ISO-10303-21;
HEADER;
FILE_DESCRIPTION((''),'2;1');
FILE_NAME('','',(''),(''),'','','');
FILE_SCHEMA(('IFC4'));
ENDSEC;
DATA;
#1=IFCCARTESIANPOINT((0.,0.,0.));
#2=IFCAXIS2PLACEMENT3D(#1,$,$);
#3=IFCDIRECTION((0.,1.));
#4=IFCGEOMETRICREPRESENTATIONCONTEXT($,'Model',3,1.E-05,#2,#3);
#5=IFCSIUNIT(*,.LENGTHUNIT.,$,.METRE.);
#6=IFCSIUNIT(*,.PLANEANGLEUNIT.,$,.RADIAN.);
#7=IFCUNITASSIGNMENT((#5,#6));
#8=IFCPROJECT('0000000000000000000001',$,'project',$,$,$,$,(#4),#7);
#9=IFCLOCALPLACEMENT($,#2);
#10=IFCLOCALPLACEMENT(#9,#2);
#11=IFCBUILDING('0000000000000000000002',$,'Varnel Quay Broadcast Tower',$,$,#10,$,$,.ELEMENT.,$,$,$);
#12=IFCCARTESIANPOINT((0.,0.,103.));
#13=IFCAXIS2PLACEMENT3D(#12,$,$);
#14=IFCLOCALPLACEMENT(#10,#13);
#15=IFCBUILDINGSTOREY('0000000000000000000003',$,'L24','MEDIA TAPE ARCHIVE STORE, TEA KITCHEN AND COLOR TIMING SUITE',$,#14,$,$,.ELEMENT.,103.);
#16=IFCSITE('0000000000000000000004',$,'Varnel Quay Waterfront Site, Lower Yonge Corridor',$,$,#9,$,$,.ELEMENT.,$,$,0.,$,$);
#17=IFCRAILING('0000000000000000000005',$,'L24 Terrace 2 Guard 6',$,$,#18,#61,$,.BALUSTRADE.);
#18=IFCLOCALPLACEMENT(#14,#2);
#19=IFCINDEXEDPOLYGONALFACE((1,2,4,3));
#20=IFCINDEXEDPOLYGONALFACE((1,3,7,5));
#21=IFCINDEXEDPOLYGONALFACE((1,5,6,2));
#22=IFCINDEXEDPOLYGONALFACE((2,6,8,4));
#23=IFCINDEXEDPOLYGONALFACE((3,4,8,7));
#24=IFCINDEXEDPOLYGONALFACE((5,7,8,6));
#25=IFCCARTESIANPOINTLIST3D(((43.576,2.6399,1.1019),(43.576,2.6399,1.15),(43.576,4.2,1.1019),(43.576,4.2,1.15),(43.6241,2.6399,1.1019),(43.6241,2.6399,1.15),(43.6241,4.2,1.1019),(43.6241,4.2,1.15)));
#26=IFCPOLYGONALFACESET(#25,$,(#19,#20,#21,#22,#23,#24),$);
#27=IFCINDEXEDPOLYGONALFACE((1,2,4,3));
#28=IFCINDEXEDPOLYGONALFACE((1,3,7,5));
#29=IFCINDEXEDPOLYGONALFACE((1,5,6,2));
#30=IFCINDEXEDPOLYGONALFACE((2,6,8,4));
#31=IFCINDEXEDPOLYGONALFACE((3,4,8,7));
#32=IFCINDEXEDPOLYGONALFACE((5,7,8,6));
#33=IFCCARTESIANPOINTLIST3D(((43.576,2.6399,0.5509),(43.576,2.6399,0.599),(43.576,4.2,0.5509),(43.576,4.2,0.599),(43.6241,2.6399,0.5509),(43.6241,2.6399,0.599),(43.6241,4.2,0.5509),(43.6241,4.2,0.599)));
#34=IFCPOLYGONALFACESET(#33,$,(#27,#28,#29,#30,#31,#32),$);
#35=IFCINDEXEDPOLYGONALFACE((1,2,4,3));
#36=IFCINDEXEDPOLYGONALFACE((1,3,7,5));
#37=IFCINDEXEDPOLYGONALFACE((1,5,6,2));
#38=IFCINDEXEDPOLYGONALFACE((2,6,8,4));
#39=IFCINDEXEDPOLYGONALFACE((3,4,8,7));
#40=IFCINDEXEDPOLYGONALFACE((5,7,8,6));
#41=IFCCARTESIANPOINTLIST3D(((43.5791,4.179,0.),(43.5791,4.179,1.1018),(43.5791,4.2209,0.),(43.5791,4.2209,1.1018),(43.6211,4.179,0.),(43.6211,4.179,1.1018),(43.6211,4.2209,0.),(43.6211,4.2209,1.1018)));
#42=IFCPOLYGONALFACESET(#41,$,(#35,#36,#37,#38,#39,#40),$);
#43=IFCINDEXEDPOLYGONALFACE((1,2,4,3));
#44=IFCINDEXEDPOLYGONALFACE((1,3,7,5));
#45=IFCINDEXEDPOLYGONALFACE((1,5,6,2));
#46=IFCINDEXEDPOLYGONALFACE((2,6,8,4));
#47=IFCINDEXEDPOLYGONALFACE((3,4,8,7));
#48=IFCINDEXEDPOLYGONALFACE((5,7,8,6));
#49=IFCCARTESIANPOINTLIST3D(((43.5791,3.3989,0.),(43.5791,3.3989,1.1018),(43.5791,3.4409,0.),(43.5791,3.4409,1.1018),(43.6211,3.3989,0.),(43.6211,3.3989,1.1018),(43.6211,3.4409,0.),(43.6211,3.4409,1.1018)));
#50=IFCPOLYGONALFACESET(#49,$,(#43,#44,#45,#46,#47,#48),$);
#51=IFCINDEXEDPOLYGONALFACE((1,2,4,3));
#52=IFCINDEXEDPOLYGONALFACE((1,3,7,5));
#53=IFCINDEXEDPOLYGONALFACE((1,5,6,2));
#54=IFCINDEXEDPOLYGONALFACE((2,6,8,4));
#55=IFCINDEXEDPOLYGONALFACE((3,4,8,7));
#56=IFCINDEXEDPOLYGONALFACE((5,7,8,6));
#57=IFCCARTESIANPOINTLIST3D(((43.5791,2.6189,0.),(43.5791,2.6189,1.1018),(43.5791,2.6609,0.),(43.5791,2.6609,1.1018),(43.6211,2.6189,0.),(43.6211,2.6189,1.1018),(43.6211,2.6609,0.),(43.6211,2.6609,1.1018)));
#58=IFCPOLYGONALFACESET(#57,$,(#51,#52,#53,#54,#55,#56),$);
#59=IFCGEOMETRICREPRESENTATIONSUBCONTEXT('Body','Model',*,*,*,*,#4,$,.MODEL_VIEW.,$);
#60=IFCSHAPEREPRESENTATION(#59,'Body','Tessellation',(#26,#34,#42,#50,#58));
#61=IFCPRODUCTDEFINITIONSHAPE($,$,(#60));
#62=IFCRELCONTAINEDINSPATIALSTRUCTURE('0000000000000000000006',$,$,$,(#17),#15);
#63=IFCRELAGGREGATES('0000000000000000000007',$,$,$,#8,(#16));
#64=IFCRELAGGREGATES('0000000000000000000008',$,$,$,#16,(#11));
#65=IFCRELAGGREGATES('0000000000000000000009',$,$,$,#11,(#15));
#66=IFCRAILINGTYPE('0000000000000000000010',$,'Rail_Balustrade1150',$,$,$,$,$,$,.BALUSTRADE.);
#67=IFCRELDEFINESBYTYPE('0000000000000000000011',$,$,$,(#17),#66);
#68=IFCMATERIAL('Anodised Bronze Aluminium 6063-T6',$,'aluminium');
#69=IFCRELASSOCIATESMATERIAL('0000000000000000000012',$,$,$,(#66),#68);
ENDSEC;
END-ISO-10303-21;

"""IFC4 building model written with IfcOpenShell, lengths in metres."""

from ifc_helpers import new_model, si_unit, direction, frame, origin, origin_2d, place, context, subcontext, project, spatial, rectangle, extrude, material, type_object, element, save


model = new_model("IFC4")

# Units and contexts
model_context = context("Model", 3, precision=1e-05, world=origin(), true_north=direction((0.0, 1.0)))
body_context = subcontext(model_context, "Body", "Model", "MODEL_VIEW")
ifc_project = project(units=[si_unit("LENGTHUNIT", "METRE"), si_unit("PLANEANGLEUNIT", "RADIAN")], contexts=[model_context])

# Site, building, storey
site_placement = place(None, origin())
site = spatial("IfcSite", under=ifc_project, at=site_placement, Name="Varnel Quay Waterfront Site, Lower Yonge Corridor", CompositionType="ELEMENT", RefElevation=0.0)
building_placement = place(site_placement, origin())
building = spatial("IfcBuilding", under=site, at=building_placement, Name="Varnel Quay Broadcast Tower", CompositionType="ELEMENT")
storey_placement = place(building_placement, frame((0.0, 0.0, 103.0)))
storey = spatial("IfcBuildingStorey", under=building, at=storey_placement, Name="L24", Description="MEDIA TAPE ARCHIVE STORE, TEA KITCHEN AND COLOR TIMING SUITE", CompositionType="ELEMENT", Elevation=103.0)

# Shared definitions
ifc_material_1 = material(Name="Anodised Bronze Aluminium 6063-T6", Category="aluminium")

# Railing
railing_type = type_object("IfcRailingType", Name="Rail_Balustrade1150", PredefinedType="BALUSTRADE", material=ifc_material_1)
railing_1_placement = place(storey_placement, frame((43.6001, 4.2, 0.0)))
element("IfcRailing", 1, at=railing_1_placement, inside=storey, type_object=railing_type, Name="L24 Terrace 2 Guard 6", PredefinedType="BALUSTRADE", context=body_context, shape_type="SweptSolid", body=[
    extrude(rectangle(XDim=0.0481, YDim=0.0481, at=origin_2d()), frame((0.0, 0.0, 1.126), z_axis=(0.0, -1.0, 0.0), x_axis=(1.0, 0.0, 0.0)), (0.0, 0.0, 1.0), 1.5601),
    extrude(rectangle(XDim=0.0481, YDim=0.0481, at=origin_2d()), frame((0.0, 0.0, 0.575), z_axis=(0.0, -1.0, 0.0), x_axis=(1.0, 0.0, 0.0)), (0.0, 0.0, 1.0), 1.5601),
    extrude(rectangle(XDim=0.042, YDim=0.042, at=origin_2d()), origin(), (0.0, 0.0, 1.0), 1.1018),
    extrude(rectangle(XDim=0.042, YDim=0.042, at=origin_2d()), frame((0.0, -0.78, 0.0)), (0.0, 0.0, 1.0), 1.1018),
    extrude(rectangle(XDim=0.042, YDim=0.042, at=origin_2d()), frame((0.0, -1.5601, 0.0)), (0.0, 0.0, 1.0), 1.1018),
])

save(model, "model.ifc")
